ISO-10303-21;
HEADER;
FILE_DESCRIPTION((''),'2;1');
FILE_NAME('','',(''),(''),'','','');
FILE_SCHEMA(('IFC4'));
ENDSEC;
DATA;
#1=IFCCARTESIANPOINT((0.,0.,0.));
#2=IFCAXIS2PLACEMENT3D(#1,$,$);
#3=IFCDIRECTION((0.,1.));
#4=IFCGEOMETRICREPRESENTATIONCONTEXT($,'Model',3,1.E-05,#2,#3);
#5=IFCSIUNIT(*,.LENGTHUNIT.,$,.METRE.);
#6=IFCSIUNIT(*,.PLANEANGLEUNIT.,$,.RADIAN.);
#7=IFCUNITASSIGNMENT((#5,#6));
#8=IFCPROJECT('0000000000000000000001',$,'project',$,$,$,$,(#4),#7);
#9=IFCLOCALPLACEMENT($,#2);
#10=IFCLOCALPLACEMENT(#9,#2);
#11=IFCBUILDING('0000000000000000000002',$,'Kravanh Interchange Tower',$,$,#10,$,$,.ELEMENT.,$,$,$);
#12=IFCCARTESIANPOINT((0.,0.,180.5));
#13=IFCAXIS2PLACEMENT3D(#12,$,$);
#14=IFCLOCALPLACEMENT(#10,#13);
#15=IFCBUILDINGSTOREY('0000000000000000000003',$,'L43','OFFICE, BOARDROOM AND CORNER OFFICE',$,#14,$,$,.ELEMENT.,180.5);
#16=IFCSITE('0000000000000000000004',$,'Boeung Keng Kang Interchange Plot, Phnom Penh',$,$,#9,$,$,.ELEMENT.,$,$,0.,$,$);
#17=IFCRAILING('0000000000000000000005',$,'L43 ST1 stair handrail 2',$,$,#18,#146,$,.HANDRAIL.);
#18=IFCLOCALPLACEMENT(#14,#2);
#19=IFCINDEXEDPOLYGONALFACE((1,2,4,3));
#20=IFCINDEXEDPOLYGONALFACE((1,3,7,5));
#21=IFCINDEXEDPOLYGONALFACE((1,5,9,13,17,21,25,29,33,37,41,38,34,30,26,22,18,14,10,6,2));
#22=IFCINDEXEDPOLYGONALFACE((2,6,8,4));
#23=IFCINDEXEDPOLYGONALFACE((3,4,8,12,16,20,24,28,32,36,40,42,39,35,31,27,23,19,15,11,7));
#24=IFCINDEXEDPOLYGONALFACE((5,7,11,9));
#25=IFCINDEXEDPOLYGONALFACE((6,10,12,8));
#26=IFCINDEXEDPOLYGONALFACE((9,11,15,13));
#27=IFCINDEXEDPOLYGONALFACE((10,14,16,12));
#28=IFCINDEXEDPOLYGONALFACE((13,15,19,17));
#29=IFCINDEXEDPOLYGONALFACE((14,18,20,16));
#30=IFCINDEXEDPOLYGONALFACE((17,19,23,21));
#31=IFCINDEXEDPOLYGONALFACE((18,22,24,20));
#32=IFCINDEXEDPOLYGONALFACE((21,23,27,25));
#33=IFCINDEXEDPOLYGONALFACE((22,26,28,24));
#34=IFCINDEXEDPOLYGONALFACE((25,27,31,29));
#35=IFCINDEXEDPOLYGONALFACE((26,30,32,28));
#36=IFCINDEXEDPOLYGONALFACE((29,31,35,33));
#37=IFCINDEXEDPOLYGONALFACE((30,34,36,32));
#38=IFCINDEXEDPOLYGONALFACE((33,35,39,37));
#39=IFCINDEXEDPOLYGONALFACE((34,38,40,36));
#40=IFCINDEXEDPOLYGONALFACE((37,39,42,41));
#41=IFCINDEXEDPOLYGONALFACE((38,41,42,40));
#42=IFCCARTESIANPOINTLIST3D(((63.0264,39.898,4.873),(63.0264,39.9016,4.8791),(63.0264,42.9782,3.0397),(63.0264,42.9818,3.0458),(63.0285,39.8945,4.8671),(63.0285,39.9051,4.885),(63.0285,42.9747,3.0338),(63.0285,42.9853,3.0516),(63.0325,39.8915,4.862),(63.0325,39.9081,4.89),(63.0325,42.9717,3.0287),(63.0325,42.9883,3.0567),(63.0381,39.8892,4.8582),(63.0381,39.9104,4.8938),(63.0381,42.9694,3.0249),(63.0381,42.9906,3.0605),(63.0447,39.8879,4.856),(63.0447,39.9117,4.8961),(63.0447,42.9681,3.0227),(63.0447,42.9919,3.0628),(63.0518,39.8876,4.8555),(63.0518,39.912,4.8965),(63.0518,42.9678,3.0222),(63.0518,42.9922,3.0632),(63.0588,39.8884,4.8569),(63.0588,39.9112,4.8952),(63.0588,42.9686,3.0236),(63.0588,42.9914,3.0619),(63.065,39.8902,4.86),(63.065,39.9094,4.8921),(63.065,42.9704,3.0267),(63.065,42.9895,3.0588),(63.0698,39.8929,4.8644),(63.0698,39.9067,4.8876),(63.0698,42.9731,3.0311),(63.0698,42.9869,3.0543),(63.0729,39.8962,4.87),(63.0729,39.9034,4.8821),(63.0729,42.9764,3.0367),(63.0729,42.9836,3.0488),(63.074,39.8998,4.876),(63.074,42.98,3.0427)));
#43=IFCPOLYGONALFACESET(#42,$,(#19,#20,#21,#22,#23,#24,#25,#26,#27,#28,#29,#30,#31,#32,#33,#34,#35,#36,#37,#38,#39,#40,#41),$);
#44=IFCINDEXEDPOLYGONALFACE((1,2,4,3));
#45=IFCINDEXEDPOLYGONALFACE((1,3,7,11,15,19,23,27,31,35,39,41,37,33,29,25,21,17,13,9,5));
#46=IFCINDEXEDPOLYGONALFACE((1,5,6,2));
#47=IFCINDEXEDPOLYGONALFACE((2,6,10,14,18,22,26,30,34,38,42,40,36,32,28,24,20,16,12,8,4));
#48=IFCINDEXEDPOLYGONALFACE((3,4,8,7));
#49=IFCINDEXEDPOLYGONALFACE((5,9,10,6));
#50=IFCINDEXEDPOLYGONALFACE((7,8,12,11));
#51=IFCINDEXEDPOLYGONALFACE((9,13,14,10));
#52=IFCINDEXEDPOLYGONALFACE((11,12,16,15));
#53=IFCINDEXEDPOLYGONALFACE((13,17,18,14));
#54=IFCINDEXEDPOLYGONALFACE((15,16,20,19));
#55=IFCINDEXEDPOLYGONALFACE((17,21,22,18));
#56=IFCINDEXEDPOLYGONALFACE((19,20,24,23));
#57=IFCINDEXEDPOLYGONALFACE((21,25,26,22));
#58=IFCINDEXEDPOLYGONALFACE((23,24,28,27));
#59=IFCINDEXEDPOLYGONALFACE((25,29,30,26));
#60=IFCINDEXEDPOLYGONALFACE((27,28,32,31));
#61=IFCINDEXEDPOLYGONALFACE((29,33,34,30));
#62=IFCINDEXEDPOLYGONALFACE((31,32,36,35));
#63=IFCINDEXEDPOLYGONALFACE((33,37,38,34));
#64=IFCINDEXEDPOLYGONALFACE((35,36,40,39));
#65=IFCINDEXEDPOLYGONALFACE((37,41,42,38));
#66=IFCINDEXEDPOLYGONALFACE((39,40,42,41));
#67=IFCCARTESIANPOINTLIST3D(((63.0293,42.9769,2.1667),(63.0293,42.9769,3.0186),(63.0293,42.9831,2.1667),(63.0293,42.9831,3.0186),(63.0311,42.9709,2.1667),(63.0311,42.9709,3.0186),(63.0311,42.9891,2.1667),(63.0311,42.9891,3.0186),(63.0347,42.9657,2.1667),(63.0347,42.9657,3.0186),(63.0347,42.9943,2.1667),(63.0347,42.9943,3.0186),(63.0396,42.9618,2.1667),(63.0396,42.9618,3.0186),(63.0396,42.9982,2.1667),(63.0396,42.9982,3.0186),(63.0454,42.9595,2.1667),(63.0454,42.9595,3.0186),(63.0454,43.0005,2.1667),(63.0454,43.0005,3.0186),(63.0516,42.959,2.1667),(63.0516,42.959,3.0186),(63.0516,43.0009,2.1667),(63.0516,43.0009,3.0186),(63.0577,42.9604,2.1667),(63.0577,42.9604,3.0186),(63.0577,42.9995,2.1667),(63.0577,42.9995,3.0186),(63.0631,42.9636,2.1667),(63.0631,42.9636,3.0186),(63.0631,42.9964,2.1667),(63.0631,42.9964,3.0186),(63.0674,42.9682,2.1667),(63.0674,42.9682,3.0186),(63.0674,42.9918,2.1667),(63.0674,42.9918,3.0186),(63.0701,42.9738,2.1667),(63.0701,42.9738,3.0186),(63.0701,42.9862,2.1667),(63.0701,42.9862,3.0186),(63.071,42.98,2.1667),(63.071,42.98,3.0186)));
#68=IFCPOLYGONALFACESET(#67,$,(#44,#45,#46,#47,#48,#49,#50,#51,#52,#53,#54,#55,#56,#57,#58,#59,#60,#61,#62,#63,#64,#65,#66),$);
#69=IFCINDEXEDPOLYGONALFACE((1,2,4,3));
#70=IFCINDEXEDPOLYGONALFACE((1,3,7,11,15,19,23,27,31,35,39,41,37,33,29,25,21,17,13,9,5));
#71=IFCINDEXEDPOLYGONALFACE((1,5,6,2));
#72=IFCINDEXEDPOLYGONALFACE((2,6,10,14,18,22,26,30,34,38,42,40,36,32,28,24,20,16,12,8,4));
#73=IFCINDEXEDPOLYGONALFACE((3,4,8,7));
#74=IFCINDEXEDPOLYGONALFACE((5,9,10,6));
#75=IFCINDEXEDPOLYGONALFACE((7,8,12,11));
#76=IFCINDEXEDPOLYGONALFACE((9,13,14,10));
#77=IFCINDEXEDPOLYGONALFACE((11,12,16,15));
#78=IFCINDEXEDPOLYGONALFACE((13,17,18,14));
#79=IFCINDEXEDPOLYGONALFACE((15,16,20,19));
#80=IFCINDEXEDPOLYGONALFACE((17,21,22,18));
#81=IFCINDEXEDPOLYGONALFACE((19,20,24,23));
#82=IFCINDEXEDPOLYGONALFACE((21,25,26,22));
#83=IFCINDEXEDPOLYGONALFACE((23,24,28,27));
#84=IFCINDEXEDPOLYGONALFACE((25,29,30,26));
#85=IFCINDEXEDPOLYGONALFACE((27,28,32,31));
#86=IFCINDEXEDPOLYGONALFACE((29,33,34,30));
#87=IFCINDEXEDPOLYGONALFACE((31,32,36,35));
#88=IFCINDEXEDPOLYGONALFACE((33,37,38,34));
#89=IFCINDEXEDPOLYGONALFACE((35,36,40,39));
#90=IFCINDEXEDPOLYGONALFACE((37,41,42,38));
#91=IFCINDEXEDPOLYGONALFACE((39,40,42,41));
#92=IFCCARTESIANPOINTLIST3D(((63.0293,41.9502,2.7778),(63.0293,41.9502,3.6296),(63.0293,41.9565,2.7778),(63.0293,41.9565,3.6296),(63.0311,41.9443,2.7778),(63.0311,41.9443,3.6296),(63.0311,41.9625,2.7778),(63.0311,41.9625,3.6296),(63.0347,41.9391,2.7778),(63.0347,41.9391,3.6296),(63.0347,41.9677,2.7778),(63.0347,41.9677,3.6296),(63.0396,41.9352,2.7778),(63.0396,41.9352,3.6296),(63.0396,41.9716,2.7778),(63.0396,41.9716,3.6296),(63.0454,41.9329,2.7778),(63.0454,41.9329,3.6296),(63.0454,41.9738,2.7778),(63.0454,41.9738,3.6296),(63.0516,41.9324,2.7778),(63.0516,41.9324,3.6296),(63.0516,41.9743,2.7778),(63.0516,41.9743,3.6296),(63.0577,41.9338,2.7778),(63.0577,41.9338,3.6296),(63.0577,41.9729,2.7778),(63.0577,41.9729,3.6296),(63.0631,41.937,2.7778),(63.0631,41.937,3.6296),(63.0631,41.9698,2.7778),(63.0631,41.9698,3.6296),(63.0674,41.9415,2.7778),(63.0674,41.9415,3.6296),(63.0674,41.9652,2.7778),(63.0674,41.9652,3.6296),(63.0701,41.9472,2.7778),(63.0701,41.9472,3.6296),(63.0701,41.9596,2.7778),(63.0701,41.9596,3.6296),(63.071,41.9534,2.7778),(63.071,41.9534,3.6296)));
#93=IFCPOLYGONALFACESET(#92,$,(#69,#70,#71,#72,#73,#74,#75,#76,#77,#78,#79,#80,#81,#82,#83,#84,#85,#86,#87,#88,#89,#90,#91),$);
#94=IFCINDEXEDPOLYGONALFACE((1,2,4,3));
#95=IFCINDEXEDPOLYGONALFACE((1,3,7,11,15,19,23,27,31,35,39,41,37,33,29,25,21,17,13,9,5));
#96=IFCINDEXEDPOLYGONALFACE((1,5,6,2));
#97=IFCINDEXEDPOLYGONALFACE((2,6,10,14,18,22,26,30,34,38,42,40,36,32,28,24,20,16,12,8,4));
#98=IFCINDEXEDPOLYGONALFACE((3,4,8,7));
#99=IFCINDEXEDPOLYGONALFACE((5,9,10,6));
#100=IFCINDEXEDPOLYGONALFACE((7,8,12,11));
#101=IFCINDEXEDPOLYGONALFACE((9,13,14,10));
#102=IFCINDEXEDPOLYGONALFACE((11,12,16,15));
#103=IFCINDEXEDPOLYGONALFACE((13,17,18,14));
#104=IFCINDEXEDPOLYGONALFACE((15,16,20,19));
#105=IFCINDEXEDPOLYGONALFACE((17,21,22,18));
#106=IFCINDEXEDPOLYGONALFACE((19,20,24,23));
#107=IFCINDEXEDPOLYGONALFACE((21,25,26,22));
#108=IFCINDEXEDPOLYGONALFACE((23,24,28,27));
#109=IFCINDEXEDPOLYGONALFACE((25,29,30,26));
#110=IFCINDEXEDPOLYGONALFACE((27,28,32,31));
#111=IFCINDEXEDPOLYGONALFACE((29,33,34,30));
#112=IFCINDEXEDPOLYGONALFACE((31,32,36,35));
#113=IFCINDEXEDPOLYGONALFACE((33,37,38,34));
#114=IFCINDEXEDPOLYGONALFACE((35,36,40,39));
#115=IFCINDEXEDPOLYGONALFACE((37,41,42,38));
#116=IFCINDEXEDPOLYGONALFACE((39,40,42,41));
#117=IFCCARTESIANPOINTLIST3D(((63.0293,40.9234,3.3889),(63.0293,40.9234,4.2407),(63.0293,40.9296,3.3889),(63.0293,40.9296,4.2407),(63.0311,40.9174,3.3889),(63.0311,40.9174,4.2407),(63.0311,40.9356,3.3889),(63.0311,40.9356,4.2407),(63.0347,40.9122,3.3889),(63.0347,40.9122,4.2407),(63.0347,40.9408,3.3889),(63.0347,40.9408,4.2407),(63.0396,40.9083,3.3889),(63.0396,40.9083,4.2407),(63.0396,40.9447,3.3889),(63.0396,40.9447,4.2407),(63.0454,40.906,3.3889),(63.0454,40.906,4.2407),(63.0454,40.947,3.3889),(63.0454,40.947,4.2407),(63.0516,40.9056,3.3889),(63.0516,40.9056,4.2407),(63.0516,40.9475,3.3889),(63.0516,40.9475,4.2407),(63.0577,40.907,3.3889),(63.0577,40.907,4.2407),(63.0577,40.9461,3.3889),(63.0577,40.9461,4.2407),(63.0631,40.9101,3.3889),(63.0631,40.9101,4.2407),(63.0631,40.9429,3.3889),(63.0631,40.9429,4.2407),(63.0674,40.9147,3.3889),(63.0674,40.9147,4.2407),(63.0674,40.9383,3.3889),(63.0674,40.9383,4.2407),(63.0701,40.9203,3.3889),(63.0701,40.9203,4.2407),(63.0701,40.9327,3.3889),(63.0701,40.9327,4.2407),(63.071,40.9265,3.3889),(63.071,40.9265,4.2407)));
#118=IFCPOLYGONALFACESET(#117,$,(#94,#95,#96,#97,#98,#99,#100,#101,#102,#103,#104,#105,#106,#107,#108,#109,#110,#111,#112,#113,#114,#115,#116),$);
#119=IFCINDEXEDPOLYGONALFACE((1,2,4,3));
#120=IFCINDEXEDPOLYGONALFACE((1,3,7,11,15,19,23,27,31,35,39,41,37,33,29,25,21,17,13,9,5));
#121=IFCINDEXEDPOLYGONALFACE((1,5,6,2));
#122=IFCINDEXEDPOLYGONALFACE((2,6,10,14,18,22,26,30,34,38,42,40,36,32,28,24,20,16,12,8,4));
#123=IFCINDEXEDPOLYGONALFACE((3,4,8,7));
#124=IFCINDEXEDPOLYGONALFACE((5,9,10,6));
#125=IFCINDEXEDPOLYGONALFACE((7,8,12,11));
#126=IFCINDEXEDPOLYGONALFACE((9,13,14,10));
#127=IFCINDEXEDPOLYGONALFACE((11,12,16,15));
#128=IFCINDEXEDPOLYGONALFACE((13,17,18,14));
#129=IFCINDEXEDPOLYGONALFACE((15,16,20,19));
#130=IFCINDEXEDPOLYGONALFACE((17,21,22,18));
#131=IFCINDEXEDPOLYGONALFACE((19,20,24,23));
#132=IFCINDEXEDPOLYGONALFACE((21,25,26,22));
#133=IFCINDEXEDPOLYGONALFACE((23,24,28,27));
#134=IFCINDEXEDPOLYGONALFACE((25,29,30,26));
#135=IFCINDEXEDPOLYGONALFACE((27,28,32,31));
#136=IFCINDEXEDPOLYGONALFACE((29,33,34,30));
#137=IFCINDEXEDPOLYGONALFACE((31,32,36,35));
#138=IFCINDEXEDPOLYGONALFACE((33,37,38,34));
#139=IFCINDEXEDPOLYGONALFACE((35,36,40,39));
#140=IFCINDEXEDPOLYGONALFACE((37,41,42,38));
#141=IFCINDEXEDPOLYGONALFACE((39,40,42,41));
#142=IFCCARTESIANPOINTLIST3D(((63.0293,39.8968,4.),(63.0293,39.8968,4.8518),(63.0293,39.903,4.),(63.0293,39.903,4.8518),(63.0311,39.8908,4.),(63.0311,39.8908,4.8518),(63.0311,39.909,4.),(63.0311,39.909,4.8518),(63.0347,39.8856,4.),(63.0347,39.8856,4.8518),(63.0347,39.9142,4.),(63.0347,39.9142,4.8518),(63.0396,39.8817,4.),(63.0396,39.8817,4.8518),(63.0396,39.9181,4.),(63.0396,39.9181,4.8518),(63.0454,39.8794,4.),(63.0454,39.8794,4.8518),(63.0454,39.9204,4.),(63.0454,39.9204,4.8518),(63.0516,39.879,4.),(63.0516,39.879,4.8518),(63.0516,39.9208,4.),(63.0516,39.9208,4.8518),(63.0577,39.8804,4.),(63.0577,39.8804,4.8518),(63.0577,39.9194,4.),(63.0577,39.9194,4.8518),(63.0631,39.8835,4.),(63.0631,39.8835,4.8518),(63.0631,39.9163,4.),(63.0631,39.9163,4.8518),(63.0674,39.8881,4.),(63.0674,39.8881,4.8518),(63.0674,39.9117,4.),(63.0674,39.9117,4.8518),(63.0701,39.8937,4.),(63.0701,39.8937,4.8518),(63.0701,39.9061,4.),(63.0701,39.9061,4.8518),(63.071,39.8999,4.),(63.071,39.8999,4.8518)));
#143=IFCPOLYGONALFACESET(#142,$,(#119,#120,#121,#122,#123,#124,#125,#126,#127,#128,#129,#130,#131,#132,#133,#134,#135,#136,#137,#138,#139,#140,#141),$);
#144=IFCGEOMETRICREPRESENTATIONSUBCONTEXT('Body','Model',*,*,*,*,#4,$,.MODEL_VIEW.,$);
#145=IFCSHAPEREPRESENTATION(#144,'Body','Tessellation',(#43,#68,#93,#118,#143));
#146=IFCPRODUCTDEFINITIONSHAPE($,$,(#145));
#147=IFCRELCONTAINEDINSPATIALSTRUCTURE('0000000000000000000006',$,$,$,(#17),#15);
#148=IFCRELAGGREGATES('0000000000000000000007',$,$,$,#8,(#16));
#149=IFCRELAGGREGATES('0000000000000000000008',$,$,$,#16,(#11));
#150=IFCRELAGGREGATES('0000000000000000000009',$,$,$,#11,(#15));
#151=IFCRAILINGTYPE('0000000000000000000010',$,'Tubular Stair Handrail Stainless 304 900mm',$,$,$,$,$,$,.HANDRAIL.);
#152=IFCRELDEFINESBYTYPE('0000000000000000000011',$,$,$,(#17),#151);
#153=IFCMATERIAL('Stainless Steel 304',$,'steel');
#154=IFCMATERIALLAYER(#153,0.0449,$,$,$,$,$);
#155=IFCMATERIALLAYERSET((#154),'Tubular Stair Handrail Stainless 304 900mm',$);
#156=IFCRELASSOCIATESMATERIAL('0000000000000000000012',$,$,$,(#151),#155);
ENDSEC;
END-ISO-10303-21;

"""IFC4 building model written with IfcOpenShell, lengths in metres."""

from ifc_helpers import new_model, si_unit, direction, frame, origin, origin_2d, place, context, subcontext, project, spatial, circle, extrude, material, layer, layer_set, type_object, element, save


model = new_model("IFC4")

# Units and contexts
model_context = context("Model", 3, precision=1e-05, world=origin(), true_north=direction((0.0, 1.0)))
body_context = subcontext(model_context, "Body", "Model", "MODEL_VIEW")
ifc_project = project(units=[si_unit("LENGTHUNIT", "METRE"), si_unit("PLANEANGLEUNIT", "RADIAN")], contexts=[model_context])

# Site, building, storey
site_placement = place(None, origin())
site = spatial("IfcSite", under=ifc_project, at=site_placement, Name="Boeung Keng Kang Interchange Plot, Phnom Penh", CompositionType="ELEMENT", RefElevation=0.0)
building_placement = place(site_placement, origin())
building = spatial("IfcBuilding", under=site, at=building_placement, Name="Kravanh Interchange Tower", CompositionType="ELEMENT")
storey_placement = place(building_placement, frame((0.0, 0.0, 180.5)))
storey = spatial("IfcBuildingStorey", under=building, at=storey_placement, Name="L43", Description="OFFICE, BOARDROOM AND CORNER OFFICE", CompositionType="ELEMENT", Elevation=180.5)

# Railing
ifc_material_1 = material(Name="Stainless Steel 304", Category="steel")
ifc_layer_1 = layer(ifc_material_1, 0.0449)
ifc_layer_set_1 = layer_set([ifc_layer_1], Name="Tubular Stair Handrail Stainless 304 900mm")
railing_type_1 = type_object("IfcRailingType", Name="Tubular Stair Handrail Stainless 304 900mm", PredefinedType="HANDRAIL", material=ifc_layer_set_1)
railing_1_placement = place(storey_placement, frame((63.05, 42.98, 2.1667)))
element("IfcRailing", 1, at=railing_1_placement, inside=storey, type_object=railing_type_1, Name="L43 ST1 stair handrail 2", PredefinedType="HANDRAIL", context=body_context, shape_type="SweptSolid", body=[
    extrude(circle(Radius=0.0239, at=origin_2d()), frame((0.0, 0.0, 0.876), z_axis=(0.0, -0.859309, 0.511458), x_axis=(1.0, 0.0, 0.0)), (0.0, 0.0, 1.0), 3.5845),
    extrude(circle(Radius=0.021, at=origin_2d()), origin(), (0.0, 0.0, 1.0), 0.8518),
    extrude(circle(Radius=0.021, at=origin_2d()), frame((0.0, -1.0266, 0.6111)), (0.0, 0.0, 1.0), 0.8518),
    extrude(circle(Radius=0.021, at=origin_2d()), frame((0.0, -2.0535, 1.2222)), (0.0, 0.0, 1.0), 0.8518),
    extrude(circle(Radius=0.021, at=origin_2d()), frame((0.0, -3.0801, 1.8333)), (0.0, 0.0, 1.0), 0.8518),
])

save(model, "model.ifc")
